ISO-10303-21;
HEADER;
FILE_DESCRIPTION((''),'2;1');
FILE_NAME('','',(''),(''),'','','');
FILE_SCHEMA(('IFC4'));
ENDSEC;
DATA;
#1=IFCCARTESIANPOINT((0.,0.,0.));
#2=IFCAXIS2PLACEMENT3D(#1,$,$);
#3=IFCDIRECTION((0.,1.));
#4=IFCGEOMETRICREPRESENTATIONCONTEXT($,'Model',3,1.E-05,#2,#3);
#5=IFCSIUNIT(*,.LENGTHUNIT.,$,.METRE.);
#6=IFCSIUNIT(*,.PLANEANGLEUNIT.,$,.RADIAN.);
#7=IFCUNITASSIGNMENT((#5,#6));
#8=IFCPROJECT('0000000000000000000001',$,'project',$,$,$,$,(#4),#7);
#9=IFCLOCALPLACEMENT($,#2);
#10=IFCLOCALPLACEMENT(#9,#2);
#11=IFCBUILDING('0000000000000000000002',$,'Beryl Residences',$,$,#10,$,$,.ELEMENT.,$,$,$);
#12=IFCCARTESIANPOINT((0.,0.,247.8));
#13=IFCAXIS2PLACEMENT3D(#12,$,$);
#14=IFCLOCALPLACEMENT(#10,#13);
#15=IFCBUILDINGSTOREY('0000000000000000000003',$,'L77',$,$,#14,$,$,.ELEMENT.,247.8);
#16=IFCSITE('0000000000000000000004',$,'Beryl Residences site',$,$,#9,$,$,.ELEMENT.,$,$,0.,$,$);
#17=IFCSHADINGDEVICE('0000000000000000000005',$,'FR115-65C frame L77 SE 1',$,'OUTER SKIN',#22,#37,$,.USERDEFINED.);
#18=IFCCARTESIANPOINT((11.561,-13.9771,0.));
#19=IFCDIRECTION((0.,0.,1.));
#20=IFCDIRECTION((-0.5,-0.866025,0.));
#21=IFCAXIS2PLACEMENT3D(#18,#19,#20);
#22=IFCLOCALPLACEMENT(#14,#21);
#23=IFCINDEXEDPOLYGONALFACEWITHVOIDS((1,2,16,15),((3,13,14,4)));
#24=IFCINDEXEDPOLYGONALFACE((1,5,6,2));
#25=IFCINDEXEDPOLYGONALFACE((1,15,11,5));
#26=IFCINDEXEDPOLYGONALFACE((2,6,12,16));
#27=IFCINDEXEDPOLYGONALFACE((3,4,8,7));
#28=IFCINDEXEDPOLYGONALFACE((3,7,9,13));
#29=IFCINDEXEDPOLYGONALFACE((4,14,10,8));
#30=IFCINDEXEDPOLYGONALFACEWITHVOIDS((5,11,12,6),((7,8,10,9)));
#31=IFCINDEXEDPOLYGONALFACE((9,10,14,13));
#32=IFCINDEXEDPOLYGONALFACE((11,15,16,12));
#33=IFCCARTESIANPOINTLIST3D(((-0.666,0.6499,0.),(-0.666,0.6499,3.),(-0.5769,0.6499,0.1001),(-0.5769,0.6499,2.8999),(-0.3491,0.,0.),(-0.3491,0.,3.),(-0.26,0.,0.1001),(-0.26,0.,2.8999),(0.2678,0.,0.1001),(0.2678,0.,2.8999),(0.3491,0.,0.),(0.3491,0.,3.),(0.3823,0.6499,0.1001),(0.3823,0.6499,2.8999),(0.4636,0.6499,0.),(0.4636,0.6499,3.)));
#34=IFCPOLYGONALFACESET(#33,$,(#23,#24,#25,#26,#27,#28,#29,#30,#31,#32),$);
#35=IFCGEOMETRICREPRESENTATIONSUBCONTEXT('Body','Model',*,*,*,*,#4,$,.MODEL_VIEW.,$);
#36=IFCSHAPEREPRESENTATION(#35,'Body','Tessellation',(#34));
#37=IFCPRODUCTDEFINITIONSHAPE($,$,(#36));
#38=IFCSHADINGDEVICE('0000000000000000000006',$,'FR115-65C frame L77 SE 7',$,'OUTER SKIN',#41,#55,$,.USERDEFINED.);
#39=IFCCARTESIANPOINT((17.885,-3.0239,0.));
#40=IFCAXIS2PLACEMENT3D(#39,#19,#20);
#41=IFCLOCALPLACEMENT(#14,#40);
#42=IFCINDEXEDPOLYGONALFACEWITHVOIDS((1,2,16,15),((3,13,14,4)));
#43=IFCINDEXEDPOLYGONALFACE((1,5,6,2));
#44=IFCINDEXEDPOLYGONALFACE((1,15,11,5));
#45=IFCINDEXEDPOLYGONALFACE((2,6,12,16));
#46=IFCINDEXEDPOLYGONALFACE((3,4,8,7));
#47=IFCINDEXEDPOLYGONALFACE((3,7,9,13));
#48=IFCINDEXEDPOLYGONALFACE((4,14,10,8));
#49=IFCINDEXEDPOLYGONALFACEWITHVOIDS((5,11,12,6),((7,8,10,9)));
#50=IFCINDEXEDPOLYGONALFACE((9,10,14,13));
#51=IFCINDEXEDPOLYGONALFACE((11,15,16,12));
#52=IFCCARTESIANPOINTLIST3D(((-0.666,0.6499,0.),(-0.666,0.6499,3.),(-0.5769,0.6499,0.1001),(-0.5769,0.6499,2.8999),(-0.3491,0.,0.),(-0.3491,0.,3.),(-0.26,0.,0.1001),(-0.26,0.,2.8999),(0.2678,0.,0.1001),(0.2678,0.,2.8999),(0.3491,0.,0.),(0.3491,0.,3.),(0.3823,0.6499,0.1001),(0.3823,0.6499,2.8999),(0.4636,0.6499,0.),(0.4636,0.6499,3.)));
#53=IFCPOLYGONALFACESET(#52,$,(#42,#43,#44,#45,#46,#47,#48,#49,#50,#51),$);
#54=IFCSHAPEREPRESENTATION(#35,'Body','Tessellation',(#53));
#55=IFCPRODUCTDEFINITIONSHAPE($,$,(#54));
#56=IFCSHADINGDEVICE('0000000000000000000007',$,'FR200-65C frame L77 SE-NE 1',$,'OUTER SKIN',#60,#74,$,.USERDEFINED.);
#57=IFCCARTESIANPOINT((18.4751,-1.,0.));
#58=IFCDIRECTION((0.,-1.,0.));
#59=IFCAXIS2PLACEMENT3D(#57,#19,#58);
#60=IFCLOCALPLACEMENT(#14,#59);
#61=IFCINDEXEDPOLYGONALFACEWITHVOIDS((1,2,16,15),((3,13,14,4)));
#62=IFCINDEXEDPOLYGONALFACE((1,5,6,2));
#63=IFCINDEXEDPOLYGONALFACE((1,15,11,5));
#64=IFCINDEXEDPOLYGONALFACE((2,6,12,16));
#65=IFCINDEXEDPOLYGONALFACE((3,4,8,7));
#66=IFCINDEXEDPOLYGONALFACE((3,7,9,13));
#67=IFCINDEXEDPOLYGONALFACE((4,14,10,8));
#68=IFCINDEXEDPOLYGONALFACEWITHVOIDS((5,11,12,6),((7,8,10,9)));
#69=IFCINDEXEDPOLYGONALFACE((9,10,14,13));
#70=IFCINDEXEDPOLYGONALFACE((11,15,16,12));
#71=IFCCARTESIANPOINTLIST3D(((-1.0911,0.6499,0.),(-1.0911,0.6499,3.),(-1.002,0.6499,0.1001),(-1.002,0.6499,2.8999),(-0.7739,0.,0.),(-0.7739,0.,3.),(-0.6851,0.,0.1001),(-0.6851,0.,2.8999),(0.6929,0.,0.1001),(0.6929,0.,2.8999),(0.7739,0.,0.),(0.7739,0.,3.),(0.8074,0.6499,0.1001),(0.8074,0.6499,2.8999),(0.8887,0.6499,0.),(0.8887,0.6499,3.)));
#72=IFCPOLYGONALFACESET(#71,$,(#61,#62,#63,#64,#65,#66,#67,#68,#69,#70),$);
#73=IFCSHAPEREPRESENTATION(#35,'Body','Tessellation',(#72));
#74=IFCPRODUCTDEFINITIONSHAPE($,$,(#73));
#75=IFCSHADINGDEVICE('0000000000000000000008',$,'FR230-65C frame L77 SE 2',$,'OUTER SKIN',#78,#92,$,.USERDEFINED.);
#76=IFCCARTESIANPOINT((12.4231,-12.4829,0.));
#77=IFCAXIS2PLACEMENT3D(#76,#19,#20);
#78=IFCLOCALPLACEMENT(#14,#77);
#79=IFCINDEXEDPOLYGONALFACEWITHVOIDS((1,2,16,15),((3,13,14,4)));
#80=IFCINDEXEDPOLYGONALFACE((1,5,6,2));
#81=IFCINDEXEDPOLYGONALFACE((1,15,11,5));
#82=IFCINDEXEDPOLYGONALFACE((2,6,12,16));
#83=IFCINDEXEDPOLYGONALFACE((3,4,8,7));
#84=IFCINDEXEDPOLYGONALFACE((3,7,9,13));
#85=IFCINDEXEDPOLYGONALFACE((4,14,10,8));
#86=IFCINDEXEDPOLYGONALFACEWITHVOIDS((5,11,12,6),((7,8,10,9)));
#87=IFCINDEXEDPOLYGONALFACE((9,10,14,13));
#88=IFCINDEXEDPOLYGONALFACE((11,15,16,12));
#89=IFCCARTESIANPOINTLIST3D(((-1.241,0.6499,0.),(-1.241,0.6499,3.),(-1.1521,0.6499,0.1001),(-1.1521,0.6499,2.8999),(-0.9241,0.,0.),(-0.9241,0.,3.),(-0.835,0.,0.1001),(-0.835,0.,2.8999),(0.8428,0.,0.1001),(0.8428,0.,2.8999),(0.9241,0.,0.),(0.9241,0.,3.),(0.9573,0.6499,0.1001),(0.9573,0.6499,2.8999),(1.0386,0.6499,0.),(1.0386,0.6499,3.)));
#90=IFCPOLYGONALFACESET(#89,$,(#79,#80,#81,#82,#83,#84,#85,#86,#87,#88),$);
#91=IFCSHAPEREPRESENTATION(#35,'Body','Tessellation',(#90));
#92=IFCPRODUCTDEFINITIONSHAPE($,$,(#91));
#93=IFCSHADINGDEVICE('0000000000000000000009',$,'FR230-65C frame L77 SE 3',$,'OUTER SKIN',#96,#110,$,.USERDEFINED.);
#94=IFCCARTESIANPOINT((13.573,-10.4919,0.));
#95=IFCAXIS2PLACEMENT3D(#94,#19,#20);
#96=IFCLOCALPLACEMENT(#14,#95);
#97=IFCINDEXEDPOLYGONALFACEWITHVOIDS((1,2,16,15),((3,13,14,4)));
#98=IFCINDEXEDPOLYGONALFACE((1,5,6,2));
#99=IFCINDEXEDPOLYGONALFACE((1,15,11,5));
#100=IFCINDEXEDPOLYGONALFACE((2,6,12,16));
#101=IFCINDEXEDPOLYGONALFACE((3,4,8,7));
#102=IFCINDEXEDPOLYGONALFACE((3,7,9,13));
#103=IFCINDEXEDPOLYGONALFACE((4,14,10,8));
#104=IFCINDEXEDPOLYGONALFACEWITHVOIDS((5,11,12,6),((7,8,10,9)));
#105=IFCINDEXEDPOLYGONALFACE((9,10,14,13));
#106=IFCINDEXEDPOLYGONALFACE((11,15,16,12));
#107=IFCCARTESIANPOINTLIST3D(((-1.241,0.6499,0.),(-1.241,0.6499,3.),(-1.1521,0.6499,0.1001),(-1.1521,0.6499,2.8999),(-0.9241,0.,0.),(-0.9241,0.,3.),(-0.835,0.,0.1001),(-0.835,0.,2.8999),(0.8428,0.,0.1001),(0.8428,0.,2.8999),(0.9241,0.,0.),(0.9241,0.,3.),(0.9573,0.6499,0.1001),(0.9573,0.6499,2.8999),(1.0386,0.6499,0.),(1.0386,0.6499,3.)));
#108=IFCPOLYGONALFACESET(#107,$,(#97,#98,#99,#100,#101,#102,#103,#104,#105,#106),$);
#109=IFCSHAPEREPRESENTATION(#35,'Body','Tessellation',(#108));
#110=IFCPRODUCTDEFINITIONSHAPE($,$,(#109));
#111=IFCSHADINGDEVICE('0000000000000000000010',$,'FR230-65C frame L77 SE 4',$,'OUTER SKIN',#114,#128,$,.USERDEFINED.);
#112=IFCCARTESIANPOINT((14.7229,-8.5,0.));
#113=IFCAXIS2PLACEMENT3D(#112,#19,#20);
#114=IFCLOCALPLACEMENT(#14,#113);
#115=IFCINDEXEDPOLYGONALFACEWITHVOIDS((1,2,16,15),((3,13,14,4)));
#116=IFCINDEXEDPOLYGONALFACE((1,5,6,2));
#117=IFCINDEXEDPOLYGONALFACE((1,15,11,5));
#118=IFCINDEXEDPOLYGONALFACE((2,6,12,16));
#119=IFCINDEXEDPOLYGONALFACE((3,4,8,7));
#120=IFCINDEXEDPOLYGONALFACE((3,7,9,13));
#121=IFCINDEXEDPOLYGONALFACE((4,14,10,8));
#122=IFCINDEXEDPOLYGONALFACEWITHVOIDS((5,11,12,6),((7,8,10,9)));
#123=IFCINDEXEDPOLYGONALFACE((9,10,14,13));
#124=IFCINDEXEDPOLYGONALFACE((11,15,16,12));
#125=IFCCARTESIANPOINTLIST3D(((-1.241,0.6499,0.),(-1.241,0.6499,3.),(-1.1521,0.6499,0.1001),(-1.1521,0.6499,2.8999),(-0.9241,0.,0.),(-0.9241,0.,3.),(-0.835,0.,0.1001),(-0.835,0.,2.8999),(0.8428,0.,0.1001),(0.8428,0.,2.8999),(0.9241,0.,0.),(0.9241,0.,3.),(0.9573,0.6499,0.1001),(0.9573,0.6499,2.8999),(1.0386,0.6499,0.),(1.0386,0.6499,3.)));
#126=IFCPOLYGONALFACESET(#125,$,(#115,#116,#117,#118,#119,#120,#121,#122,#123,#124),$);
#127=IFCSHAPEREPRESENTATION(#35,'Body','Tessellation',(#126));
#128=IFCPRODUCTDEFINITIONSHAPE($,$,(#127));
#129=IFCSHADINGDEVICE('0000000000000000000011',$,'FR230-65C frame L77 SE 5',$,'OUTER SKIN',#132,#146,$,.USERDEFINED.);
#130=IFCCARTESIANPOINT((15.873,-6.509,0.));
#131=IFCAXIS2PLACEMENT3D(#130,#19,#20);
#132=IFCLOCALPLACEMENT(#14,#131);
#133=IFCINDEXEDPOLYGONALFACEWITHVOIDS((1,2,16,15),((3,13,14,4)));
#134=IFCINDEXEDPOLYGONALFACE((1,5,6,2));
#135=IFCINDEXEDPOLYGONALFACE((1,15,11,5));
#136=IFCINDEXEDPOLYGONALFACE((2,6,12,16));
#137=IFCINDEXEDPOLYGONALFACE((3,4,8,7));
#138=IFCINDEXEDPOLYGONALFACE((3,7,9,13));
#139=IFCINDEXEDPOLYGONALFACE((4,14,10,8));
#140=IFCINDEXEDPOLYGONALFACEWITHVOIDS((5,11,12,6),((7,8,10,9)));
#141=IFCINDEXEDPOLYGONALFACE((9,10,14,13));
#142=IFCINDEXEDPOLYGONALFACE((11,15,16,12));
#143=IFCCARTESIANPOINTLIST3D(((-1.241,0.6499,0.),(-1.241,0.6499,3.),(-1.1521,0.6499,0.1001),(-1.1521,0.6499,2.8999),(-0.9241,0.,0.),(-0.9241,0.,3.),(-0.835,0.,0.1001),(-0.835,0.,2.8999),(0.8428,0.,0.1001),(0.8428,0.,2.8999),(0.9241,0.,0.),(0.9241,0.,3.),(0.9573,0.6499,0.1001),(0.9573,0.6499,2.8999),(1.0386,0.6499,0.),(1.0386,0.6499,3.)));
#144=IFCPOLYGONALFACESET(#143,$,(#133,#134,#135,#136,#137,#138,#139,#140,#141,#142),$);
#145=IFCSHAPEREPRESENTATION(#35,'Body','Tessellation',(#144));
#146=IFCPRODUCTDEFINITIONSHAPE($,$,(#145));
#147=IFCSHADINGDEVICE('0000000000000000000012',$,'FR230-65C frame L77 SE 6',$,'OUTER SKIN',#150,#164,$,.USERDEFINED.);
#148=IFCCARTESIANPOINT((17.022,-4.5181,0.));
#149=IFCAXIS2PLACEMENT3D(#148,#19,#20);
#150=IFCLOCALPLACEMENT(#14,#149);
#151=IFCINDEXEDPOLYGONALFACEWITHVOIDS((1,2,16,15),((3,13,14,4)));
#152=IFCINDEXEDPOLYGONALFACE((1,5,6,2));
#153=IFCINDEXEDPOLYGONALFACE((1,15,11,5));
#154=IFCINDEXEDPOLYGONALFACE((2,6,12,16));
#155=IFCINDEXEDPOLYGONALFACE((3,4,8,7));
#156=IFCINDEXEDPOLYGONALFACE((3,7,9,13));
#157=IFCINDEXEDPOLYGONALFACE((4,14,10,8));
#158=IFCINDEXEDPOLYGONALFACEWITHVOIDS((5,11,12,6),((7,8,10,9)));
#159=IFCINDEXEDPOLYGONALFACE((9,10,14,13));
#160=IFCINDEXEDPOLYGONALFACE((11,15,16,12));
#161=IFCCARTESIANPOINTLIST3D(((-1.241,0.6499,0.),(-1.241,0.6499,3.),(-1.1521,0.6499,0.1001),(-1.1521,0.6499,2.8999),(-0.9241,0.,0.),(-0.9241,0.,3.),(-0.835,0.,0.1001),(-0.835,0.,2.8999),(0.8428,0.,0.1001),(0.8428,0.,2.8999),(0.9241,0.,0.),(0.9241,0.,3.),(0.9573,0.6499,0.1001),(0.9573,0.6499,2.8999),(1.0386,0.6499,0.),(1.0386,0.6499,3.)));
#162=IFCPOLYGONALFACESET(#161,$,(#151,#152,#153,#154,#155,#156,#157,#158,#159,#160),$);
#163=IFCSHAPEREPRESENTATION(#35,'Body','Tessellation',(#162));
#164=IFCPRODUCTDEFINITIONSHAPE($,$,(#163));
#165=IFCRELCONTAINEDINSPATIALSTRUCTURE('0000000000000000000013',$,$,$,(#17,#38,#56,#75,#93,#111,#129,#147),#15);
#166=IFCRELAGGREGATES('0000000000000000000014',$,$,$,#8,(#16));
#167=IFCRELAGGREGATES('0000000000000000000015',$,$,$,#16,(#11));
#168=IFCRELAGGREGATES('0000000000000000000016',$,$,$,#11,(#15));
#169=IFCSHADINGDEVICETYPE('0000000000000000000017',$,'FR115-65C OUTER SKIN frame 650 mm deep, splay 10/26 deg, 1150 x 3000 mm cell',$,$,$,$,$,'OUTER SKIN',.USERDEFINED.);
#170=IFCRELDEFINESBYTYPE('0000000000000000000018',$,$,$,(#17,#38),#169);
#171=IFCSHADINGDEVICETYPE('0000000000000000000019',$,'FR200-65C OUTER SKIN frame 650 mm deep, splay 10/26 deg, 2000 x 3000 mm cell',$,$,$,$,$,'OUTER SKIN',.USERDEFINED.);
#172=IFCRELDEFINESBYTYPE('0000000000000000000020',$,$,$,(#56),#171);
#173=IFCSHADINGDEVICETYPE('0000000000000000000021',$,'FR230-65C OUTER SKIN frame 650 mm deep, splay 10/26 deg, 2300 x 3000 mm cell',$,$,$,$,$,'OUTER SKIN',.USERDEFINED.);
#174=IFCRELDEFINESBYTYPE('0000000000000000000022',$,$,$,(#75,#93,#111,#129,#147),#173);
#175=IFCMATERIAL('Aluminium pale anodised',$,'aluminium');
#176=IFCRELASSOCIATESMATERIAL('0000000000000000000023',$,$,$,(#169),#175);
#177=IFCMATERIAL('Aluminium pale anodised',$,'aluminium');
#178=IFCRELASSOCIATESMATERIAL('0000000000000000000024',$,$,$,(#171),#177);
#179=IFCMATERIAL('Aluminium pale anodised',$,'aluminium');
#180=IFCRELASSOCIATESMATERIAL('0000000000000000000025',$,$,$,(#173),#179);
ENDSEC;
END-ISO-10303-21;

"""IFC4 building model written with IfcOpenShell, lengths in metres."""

from ifc_helpers import new_model, entity, si_unit, direction, frame, origin, place, context, subcontext, project, spatial, source, transform, mapped, material, type_object, type_shapes, element, save


model = new_model("IFC4")

# Units and contexts
model_context = context("Model", 3, precision=1e-05, world=origin(), true_north=direction((0.0, 1.0)))
body_context = subcontext(model_context, "Body", "Model", "MODEL_VIEW")
ifc_project = project(units=[si_unit("LENGTHUNIT", "METRE"), si_unit("PLANEANGLEUNIT", "RADIAN")], contexts=[model_context])

# Site, building, storey
site_placement = place(None, origin())
site = spatial("IfcSite", under=ifc_project, at=site_placement, Name="Beryl Residences site", CompositionType="ELEMENT", RefElevation=0.0)
building_placement = place(site_placement, origin())
building = spatial("IfcBuilding", under=site, at=building_placement, Name="Beryl Residences", CompositionType="ELEMENT")
storey_placement = place(building_placement, frame((0.0, 0.0, 247.8)))
storey = spatial("IfcBuildingStorey", under=building, at=storey_placement, Name="L77", CompositionType="ELEMENT", Elevation=247.8)

# Shading devices
ifc_material_1 = material(Name="Aluminium pale anodised", Category="aluminium")
shading_device_type_1 = type_object("IfcShadingDeviceType", Name="FR115-65C OUTER SKIN frame 650 mm deep, splay 10/26 deg, 1150 x 3000 mm cell", ElementType="OUTER SKIN", PredefinedType="USERDEFINED", material=ifc_material_1)
cartesian_point_1 = entity("IfcCartesianPoint", [-0.3491, 0.0])
cartesian_point_2 = entity("IfcCartesianPoint", [-0.2678, 0.1001])
cartesian_point_3 = entity("IfcCartesianPoint", [-0.4636, 0.0])
cartesian_point_4 = entity("IfcCartesianPoint", [-0.3823, 0.1001])
shared_shape_1 = source(origin(), body_context, "Body", "SweptSolid", [
    entity("IfcExtrudedAreaSolidTapered", entity("IfcArbitraryProfileDefWithVoids", "AREA", None, entity("IfcPolyline", [cartesian_point_1, entity("IfcCartesianPoint", [0.3491, 0.0]), entity("IfcCartesianPoint", [0.3491, 3.0]), entity("IfcCartesianPoint", [-0.3491, 3.0]), cartesian_point_1]), [entity("IfcPolyline", [cartesian_point_2, entity("IfcCartesianPoint", [0.26, 0.1001]), entity("IfcCartesianPoint", [0.26, 2.8999]), entity("IfcCartesianPoint", [-0.2678, 2.8999]), cartesian_point_2])]), entity("IfcAxis2Placement3D", entity("IfcCartesianPoint", [0.0, 0.0, 0.0]), entity("IfcDirection", [0.0, 1.0, 0.0]), entity("IfcDirection", [-1.0, 0.0, 0.0])), entity("IfcDirection", [0.0, 0.0, 1.0]), 0.6499, entity("IfcArbitraryProfileDefWithVoids", "AREA", None, entity("IfcPolyline", [cartesian_point_3, entity("IfcCartesianPoint", [0.666, 0.0]), entity("IfcCartesianPoint", [0.666, 3.0]), entity("IfcCartesianPoint", [-0.4636, 3.0]), cartesian_point_3]), [entity("IfcPolyline", [cartesian_point_4, entity("IfcCartesianPoint", [0.5769, 0.1001]), entity("IfcCartesianPoint", [0.5769, 2.8999]), entity("IfcCartesianPoint", [-0.3823, 2.8999]), cartesian_point_4])])),
])
type_shapes(shading_device_type_1, [shared_shape_1])
for number, where, z_axis, x_axis, name in (
    (1, (11.561, -13.9771, 0.0), (0.0, 0.0, 1.0), (-0.5, -0.866025, 0.0), "FR115-65C frame L77 SE 1"),
    (2, (17.885, -3.0239, 0.0), (0.0, 0.0, 1.0), (-0.5, -0.866025, 0.0), "FR115-65C frame L77 SE 7"),
):
    element("IfcShadingDevice", number, at=place(storey_placement, frame(where, z_axis=z_axis, x_axis=x_axis)), inside=storey, type_object=shading_device_type_1, Name=name, ObjectType="OUTER SKIN", PredefinedType="USERDEFINED", context=body_context, shape_type="MappedRepresentation", body=[
        mapped(shared_shape_1, transform((0.0, 0.0, 0.0))),
    ])
ifc_material_2 = material(Name="Aluminium pale anodised", Category="aluminium")
shading_device_type_2 = type_object("IfcShadingDeviceType", Name="FR200-65C OUTER SKIN frame 650 mm deep, splay 10/26 deg, 2000 x 3000 mm cell", ElementType="OUTER SKIN", PredefinedType="USERDEFINED", material=ifc_material_2)
cartesian_point_5 = entity("IfcCartesianPoint", [-0.7739, 0.0])
cartesian_point_6 = entity("IfcCartesianPoint", [-0.6929, 0.1001])
cartesian_point_7 = entity("IfcCartesianPoint", [-0.8887, 0.0])
cartesian_point_8 = entity("IfcCartesianPoint", [-0.8074, 0.1001])
shared_shape_2 = source(origin(), body_context, "Body", "SweptSolid", [
    entity("IfcExtrudedAreaSolidTapered", entity("IfcArbitraryProfileDefWithVoids", "AREA", None, entity("IfcPolyline", [cartesian_point_5, entity("IfcCartesianPoint", [0.7739, 0.0]), entity("IfcCartesianPoint", [0.7739, 3.0]), entity("IfcCartesianPoint", [-0.7739, 3.0]), cartesian_point_5]), [entity("IfcPolyline", [cartesian_point_6, entity("IfcCartesianPoint", [0.6851, 0.1001]), entity("IfcCartesianPoint", [0.6851, 2.8999]), entity("IfcCartesianPoint", [-0.6929, 2.8999]), cartesian_point_6])]), entity("IfcAxis2Placement3D", entity("IfcCartesianPoint", [0.0, 0.0, 0.0]), entity("IfcDirection", [0.0, 1.0, 0.0]), entity("IfcDirection", [-1.0, 0.0, 0.0])), entity("IfcDirection", [0.0, 0.0, 1.0]), 0.6499, entity("IfcArbitraryProfileDefWithVoids", "AREA", None, entity("IfcPolyline", [cartesian_point_7, entity("IfcCartesianPoint", [1.0911, 0.0]), entity("IfcCartesianPoint", [1.0911, 3.0]), entity("IfcCartesianPoint", [-0.8887, 3.0]), cartesian_point_7]), [entity("IfcPolyline", [cartesian_point_8, entity("IfcCartesianPoint", [1.002, 0.1001]), entity("IfcCartesianPoint", [1.002, 2.8999]), entity("IfcCartesianPoint", [-0.8074, 2.8999]), cartesian_point_8])])),
])
type_shapes(shading_device_type_2, [shared_shape_2])
shading_device_placement = place(storey_placement, frame((18.4751, -1.0, 0.0), z_axis=(0.0, 0.0, 1.0), x_axis=(0.0, -1.0, 0.0)))
element("IfcShadingDevice", 3, at=shading_device_placement, inside=storey, type_object=shading_device_type_2, Name="FR200-65C frame L77 SE-NE 1", ObjectType="OUTER SKIN", PredefinedType="USERDEFINED", context=body_context, shape_type="MappedRepresentation", body=[
    mapped(shared_shape_2, transform((0.0, 0.0, 0.0))),
])
ifc_material_3 = material(Name="Aluminium pale anodised", Category="aluminium")
shading_device_type_3 = type_object("IfcShadingDeviceType", Name="FR230-65C OUTER SKIN frame 650 mm deep, splay 10/26 deg, 2300 x 3000 mm cell", ElementType="OUTER SKIN", PredefinedType="USERDEFINED", material=ifc_material_3)
cartesian_point_9 = entity("IfcCartesianPoint", [-0.9241, 0.0])
cartesian_point_10 = entity("IfcCartesianPoint", [-0.8428, 0.1001])
cartesian_point_11 = entity("IfcCartesianPoint", [-1.0386, 0.0])
cartesian_point_12 = entity("IfcCartesianPoint", [-0.9573, 0.1001])
shared_shape_3 = source(origin(), body_context, "Body", "SweptSolid", [
    entity("IfcExtrudedAreaSolidTapered", entity("IfcArbitraryProfileDefWithVoids", "AREA", None, entity("IfcPolyline", [cartesian_point_9, entity("IfcCartesianPoint", [0.9241, 0.0]), entity("IfcCartesianPoint", [0.9241, 3.0]), entity("IfcCartesianPoint", [-0.9241, 3.0]), cartesian_point_9]), [entity("IfcPolyline", [cartesian_point_10, entity("IfcCartesianPoint", [0.835, 0.1001]), entity("IfcCartesianPoint", [0.835, 2.8999]), entity("IfcCartesianPoint", [-0.8428, 2.8999]), cartesian_point_10])]), entity("IfcAxis2Placement3D", entity("IfcCartesianPoint", [0.0, 0.0, 0.0]), entity("IfcDirection", [0.0, 1.0, 0.0]), entity("IfcDirection", [-1.0, 0.0, 0.0])), entity("IfcDirection", [0.0, 0.0, 1.0]), 0.6499, entity("IfcArbitraryProfileDefWithVoids", "AREA", None, entity("IfcPolyline", [cartesian_point_11, entity("IfcCartesianPoint", [1.241, 0.0]), entity("IfcCartesianPoint", [1.241, 3.0]), entity("IfcCartesianPoint", [-1.0386, 3.0]), cartesian_point_11]), [entity("IfcPolyline", [cartesian_point_12, entity("IfcCartesianPoint", [1.1521, 0.1001]), entity("IfcCartesianPoint", [1.1521, 2.8999]), entity("IfcCartesianPoint", [-0.9573, 2.8999]), cartesian_point_12])])),
])
type_shapes(shading_device_type_3, [shared_shape_3])
for number, where, z_axis, x_axis, name in (
    (4, (12.4231, -12.4829, 0.0), (0.0, 0.0, 1.0), (-0.5, -0.866025, 0.0), "FR230-65C frame L77 SE 2"),
    (5, (13.573, -10.4919, 0.0), (0.0, 0.0, 1.0), (-0.5, -0.866025, 0.0), "FR230-65C frame L77 SE 3"),
    (6, (14.7229, -8.5, 0.0), (0.0, 0.0, 1.0), (-0.5, -0.866025, 0.0), "FR230-65C frame L77 SE 4"),
    (7, (15.873, -6.509, 0.0), (0.0, 0.0, 1.0), (-0.5, -0.866025, 0.0), "FR230-65C frame L77 SE 5"),
    (8, (17.022, -4.5181, 0.0), (0.0, 0.0, 1.0), (-0.5, -0.866025, 0.0), "FR230-65C frame L77 SE 6"),
):
    element("IfcShadingDevice", number, at=place(storey_placement, frame(where, z_axis=z_axis, x_axis=x_axis)), inside=storey, type_object=shading_device_type_3, Name=name, ObjectType="OUTER SKIN", PredefinedType="USERDEFINED", context=body_context, shape_type="MappedRepresentation", body=[
        mapped(shared_shape_3, transform((0.0, 0.0, 0.0))),
    ])

save(model, "model.ifc")
